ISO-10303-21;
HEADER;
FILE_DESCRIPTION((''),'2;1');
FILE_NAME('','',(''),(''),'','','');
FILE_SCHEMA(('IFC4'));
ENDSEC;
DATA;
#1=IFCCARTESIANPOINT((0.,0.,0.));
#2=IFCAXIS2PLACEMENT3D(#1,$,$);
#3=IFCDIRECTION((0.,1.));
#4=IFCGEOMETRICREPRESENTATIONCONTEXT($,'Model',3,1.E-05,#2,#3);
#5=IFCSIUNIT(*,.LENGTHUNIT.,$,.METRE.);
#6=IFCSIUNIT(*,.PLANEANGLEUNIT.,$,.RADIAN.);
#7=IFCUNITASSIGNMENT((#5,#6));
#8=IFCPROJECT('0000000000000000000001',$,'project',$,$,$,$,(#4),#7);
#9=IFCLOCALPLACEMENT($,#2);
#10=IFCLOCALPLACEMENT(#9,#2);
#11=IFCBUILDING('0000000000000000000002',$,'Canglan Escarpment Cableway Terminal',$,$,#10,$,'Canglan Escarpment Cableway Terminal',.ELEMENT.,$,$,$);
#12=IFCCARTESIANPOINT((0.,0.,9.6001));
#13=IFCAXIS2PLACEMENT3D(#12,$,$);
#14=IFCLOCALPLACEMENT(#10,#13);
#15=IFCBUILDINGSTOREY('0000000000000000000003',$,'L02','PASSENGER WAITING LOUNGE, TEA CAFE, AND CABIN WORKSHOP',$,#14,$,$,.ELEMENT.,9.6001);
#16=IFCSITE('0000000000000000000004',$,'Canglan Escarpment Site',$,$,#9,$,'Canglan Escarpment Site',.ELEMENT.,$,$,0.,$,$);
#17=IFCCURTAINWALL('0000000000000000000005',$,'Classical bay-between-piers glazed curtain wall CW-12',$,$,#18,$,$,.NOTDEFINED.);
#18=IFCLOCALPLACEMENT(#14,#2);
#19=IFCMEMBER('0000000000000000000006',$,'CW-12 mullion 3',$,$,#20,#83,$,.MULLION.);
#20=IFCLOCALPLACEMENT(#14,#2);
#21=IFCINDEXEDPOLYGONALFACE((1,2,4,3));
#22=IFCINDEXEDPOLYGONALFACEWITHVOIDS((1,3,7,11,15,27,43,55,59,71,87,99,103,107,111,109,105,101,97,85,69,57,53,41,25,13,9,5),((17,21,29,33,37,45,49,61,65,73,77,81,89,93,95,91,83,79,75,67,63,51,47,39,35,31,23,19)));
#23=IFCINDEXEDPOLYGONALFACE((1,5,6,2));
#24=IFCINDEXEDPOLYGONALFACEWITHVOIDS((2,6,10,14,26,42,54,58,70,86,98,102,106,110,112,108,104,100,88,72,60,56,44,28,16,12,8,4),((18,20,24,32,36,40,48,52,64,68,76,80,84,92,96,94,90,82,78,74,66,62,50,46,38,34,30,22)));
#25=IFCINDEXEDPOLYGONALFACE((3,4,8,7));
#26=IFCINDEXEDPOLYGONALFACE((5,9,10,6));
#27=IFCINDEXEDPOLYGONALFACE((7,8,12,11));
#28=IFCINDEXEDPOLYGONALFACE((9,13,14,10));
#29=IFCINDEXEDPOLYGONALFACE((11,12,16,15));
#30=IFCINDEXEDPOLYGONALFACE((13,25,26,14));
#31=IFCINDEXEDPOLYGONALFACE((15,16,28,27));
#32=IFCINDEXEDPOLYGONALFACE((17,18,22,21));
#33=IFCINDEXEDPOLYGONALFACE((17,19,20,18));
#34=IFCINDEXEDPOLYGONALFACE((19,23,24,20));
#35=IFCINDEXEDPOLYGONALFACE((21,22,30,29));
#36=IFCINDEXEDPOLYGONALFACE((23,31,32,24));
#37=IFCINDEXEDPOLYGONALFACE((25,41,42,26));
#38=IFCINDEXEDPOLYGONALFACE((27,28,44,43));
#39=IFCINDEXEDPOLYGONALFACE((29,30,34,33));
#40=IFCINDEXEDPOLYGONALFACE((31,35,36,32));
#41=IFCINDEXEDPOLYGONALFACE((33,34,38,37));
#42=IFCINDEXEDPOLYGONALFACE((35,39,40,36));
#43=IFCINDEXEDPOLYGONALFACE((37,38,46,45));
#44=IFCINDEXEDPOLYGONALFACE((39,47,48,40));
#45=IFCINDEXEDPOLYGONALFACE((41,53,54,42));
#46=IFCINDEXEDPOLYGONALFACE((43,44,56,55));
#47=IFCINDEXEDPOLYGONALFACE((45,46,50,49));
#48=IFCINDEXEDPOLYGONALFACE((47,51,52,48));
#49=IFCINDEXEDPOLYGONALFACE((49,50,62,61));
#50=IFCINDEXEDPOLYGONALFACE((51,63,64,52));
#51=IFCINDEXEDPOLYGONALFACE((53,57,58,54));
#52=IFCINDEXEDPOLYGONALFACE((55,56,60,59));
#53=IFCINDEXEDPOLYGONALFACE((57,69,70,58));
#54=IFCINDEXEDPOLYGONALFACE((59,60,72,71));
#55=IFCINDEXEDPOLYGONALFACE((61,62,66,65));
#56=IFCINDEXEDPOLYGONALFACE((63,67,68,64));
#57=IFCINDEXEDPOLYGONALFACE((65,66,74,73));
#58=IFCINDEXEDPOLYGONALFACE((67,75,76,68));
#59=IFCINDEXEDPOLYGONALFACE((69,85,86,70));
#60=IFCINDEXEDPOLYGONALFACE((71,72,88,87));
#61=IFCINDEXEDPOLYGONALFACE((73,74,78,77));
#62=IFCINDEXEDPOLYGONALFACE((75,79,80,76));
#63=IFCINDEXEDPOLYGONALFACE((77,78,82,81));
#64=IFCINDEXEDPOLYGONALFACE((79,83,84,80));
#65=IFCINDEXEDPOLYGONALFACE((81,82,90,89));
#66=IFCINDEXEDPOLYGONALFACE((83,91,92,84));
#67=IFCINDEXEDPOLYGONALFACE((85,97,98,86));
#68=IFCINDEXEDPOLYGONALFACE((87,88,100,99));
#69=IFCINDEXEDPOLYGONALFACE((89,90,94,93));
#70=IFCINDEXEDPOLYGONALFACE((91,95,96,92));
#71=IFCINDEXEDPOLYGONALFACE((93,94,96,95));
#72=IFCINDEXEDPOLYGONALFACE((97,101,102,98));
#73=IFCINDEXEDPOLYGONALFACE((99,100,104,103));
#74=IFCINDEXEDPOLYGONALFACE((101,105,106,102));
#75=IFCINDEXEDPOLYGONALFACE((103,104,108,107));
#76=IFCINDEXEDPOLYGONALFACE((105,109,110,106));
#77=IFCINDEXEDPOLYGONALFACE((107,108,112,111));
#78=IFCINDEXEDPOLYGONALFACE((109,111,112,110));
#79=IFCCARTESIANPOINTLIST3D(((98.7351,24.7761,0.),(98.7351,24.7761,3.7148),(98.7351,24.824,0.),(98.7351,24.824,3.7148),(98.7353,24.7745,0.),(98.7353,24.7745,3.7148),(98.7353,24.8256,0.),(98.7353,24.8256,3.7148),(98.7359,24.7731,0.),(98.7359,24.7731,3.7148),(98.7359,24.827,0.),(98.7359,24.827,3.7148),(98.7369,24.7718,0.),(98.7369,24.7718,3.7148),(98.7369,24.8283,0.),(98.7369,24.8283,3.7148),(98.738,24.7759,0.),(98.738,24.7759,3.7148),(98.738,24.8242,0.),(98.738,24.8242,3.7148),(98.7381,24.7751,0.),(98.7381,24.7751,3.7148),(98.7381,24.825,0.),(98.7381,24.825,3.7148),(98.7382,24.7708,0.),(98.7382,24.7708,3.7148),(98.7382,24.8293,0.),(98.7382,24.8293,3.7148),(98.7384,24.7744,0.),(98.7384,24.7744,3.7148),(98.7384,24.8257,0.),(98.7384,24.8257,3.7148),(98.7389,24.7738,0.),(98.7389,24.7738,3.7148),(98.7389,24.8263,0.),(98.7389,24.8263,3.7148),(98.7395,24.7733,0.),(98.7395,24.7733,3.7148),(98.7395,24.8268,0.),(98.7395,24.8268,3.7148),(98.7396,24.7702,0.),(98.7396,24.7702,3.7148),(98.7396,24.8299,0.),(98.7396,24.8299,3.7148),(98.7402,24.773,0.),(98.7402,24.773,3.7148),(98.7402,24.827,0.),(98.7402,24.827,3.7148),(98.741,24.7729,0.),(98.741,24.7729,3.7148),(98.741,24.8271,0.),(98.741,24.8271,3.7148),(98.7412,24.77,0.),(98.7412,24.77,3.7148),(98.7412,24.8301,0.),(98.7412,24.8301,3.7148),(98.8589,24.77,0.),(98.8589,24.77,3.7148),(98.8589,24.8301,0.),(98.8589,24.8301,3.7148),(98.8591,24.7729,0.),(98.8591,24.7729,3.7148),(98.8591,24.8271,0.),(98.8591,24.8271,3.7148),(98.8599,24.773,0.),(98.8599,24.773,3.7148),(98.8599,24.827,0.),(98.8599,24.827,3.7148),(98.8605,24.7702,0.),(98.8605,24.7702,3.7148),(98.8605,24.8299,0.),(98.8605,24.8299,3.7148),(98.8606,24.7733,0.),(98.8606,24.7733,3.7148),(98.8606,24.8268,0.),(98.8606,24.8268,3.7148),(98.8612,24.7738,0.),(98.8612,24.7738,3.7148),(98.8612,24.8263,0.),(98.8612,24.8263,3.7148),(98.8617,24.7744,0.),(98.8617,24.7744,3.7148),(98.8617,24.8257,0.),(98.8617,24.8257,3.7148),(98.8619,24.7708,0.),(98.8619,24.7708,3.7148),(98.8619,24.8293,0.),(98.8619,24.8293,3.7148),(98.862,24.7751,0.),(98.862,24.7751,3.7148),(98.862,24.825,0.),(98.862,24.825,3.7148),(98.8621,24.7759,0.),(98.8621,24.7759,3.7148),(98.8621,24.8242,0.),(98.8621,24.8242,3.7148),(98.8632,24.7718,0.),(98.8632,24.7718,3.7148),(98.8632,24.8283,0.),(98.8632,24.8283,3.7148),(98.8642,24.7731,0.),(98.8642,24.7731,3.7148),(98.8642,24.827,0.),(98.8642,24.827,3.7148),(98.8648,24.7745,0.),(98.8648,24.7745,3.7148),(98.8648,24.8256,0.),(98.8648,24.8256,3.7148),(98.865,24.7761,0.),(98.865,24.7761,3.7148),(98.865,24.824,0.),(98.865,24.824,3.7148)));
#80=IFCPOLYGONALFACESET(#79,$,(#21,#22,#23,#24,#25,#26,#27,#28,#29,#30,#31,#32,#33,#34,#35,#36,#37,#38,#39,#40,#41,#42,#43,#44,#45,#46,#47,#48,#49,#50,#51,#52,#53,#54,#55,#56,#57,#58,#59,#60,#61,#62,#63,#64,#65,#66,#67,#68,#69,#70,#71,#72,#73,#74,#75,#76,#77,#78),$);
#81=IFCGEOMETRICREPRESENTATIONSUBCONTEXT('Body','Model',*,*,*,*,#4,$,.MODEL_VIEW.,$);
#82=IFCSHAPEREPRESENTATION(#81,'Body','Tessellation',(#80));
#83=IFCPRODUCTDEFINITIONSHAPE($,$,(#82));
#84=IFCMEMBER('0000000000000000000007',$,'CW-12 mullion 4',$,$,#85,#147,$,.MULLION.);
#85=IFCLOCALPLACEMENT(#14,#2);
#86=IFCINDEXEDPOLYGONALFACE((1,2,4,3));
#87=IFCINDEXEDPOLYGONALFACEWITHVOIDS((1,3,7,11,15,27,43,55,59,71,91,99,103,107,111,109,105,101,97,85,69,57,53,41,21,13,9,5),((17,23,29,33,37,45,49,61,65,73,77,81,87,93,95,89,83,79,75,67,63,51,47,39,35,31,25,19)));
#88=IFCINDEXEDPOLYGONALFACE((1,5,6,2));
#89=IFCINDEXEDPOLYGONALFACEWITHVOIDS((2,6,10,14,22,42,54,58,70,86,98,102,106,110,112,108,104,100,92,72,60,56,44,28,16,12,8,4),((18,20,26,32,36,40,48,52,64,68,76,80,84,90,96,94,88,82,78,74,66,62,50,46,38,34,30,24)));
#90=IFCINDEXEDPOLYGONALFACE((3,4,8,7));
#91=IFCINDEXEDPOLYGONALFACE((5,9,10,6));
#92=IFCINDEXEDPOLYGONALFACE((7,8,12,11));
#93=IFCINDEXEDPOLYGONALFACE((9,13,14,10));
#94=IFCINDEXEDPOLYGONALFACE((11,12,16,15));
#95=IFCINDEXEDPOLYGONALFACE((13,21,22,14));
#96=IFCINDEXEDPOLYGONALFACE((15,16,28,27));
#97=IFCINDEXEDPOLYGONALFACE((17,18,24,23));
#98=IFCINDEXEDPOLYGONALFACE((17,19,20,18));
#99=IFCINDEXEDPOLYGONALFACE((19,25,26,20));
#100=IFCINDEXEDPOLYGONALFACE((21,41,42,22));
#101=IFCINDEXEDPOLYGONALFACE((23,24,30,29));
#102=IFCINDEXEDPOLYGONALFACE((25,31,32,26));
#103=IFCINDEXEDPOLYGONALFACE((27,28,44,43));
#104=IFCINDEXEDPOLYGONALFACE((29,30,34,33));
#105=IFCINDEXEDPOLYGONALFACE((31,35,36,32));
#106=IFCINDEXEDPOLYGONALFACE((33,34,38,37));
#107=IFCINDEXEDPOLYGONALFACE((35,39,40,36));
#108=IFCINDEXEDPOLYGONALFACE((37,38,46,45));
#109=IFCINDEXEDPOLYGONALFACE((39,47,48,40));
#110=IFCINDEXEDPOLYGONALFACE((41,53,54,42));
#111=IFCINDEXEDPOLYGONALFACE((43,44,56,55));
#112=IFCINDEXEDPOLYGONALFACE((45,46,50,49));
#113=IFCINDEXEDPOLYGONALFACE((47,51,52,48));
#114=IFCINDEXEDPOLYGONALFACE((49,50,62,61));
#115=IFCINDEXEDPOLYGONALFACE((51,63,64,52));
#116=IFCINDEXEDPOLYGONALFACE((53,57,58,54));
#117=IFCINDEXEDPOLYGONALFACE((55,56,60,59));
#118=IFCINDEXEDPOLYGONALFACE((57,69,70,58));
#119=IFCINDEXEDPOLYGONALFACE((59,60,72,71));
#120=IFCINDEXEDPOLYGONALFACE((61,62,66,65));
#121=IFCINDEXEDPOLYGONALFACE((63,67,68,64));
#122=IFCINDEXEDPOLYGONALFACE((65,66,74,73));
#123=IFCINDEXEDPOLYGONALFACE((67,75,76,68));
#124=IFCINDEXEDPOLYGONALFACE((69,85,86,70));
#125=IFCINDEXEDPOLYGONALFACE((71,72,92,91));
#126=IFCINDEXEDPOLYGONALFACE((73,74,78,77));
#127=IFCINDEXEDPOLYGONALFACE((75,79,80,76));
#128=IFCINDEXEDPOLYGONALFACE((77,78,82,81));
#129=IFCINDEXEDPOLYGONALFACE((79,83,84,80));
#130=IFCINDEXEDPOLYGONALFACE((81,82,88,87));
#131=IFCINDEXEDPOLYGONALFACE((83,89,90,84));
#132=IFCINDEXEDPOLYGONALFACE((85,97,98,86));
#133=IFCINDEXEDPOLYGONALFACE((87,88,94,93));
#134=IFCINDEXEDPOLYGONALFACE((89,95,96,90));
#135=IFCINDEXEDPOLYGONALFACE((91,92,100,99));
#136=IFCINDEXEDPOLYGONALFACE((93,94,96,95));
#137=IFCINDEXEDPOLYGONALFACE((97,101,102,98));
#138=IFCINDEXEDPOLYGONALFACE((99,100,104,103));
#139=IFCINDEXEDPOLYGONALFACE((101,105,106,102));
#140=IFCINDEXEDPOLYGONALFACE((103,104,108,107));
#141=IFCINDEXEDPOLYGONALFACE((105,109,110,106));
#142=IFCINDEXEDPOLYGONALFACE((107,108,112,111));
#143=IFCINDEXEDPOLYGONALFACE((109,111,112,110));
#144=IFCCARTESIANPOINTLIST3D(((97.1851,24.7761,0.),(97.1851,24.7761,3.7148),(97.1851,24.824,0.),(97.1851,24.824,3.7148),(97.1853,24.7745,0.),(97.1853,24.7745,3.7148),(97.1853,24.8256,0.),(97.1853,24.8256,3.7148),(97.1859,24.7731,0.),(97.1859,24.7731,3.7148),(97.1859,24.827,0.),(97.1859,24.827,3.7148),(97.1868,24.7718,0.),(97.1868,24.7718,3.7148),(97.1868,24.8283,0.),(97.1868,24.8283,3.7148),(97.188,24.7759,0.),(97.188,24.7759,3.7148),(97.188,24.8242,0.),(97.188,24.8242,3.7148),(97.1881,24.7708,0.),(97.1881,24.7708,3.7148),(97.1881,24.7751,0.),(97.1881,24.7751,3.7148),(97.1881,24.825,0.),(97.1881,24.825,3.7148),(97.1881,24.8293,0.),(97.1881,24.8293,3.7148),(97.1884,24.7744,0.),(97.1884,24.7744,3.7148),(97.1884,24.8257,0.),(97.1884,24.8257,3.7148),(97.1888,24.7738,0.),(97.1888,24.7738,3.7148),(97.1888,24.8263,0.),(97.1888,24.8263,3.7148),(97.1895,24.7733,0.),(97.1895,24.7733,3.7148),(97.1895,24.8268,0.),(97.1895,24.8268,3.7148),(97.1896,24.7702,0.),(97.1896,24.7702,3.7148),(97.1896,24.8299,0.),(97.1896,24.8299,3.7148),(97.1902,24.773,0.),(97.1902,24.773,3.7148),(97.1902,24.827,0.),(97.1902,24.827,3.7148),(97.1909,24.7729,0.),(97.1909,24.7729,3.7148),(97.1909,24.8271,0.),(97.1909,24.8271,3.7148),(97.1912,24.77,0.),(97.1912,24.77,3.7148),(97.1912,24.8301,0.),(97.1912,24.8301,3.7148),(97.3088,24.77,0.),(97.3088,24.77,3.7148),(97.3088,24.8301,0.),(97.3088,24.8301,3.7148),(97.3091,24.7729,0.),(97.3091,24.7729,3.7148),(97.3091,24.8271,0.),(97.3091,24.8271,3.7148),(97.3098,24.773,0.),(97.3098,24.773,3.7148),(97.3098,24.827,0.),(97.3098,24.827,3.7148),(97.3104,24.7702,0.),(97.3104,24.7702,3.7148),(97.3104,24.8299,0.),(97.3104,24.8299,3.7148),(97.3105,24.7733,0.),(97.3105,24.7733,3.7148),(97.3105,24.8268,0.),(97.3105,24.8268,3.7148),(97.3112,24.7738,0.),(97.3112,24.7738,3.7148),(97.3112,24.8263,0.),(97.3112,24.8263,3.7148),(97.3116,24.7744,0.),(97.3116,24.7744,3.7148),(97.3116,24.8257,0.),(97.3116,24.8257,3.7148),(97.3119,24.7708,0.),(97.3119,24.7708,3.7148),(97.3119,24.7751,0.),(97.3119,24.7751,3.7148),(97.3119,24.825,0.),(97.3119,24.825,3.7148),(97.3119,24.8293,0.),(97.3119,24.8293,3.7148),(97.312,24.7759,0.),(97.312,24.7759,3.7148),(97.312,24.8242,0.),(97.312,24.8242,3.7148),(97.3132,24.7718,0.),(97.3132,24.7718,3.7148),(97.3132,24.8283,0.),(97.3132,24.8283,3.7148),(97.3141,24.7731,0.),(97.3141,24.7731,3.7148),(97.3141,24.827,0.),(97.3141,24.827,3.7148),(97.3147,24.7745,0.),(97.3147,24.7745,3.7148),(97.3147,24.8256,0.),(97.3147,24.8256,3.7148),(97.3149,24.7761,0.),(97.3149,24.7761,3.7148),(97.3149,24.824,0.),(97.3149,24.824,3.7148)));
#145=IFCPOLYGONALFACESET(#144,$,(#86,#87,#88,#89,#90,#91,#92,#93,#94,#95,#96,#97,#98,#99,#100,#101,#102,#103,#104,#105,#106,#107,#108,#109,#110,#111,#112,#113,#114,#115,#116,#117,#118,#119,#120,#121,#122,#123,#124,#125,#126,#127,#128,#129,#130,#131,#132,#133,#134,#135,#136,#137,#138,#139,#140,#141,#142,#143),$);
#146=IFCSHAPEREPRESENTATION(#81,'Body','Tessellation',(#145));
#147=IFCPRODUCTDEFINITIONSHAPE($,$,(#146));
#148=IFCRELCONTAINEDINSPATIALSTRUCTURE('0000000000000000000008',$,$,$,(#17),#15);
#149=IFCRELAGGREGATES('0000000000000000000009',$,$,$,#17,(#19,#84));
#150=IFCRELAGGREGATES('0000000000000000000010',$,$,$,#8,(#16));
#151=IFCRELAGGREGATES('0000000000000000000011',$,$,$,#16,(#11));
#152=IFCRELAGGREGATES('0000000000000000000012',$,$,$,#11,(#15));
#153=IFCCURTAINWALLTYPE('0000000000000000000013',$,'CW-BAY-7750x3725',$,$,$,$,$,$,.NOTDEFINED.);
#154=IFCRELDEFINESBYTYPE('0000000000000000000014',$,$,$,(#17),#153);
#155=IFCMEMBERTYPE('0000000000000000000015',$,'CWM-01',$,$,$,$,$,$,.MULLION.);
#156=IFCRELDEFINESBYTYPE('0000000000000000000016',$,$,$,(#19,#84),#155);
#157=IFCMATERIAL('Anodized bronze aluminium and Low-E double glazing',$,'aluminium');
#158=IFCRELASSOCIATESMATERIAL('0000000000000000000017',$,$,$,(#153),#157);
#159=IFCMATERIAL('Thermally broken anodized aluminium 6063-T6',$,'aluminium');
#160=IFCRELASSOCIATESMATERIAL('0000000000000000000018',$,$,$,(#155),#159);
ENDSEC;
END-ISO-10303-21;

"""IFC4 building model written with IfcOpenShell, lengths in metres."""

from ifc_helpers import new_model, si_unit, direction, frame, origin, origin_2d, place, context, subcontext, project, spatial, hollow_rectangle, extrude, material, material_profile, profile_set, type_object, element, aggregate, save


model = new_model("IFC4")

# Units and contexts
model_context = context("Model", 3, precision=1e-05, world=origin(), true_north=direction((0.0, 1.0)))
body_context = subcontext(model_context, "Body", "Model", "MODEL_VIEW")
ifc_project = project(units=[si_unit("LENGTHUNIT", "METRE"), si_unit("PLANEANGLEUNIT", "RADIAN")], contexts=[model_context])

# Site, building, storey
site_placement = place(None, origin())
site = spatial("IfcSite", under=ifc_project, at=site_placement, Name="Canglan Escarpment Site", LongName="Canglan Escarpment Site", CompositionType="ELEMENT", RefElevation=0.0)
building_placement = place(site_placement, origin())
building = spatial("IfcBuilding", under=site, at=building_placement, Name="Canglan Escarpment Cableway Terminal", LongName="Canglan Escarpment Cableway Terminal", CompositionType="ELEMENT")
storey_placement = place(building_placement, frame((0.0, 0.0, 9.6001)))
storey = spatial("IfcBuildingStorey", under=building, at=storey_placement, Name="L02", Description="PASSENGER WAITING LOUNGE, TEA CAFE, AND CABIN WORKSHOP", CompositionType="ELEMENT", Elevation=9.6001)

# Curtain wall, members
ifc_material_1 = material(Name="Anodized bronze aluminium and Low-E double glazing", Category="aluminium")
curtain_wall_type = type_object("IfcCurtainWallType", Name="CW-BAY-7750x3725", PredefinedType="NOTDEFINED", material=ifc_material_1)
curtain_wall_placement = place(storey_placement, origin())
curtain_wall = element("IfcCurtainWall", 1, at=curtain_wall_placement, inside=storey, type_object=curtain_wall_type, Name="Classical bay-between-piers glazed curtain wall CW-12", PredefinedType="NOTDEFINED")
ifc_material_2 = material(Name="Thermally broken anodized aluminium 6063-T6", Category="aluminium")
ifc_material_profile_1 = material_profile(ifc_material_2, hollow_rectangle(XDim=0.0601, YDim=0.1299, WallThickness=0.0029, InnerFilletRadius=0.0029, OuterFilletRadius=0.0061, at=origin_2d()), Name="ALU-MULL 60x130x3")
ifc_profile_set_1 = profile_set([ifc_material_profile_1], Name="Thermally broken anodized aluminium 6063-T6")
member_type_1 = type_object("IfcMemberType", Name="CWM-01", PredefinedType="MULLION", material=ifc_profile_set_1)
member_1_placement = place(storey_placement, frame((98.8, 24.8, 0.0), z_axis=(0.0, 0.0, 1.0), x_axis=(0.0, -1.0, 0.0)))
member_1 = element("IfcMember", 2, at=member_1_placement, type_object=member_type_1, Name="CW-12 mullion 3", PredefinedType="MULLION", context=body_context, shape_type="SweptSolid", body=[
    extrude(hollow_rectangle(XDim=0.0601, YDim=0.1299, WallThickness=0.0029, InnerFilletRadius=0.0029, OuterFilletRadius=0.0061, at=origin_2d()), origin(), (0.0, 0.0, 1.0), 3.7148),
])
member_2_placement = place(storey_placement, frame((97.25, 24.8, 0.0), z_axis=(0.0, 0.0, 1.0), x_axis=(0.0, -1.0, 0.0)))
member_2 = element("IfcMember", 3, at=member_2_placement, type_object=member_type_1, Name="CW-12 mullion 4", PredefinedType="MULLION", context=body_context, shape_type="SweptSolid", body=[
    extrude(hollow_rectangle(XDim=0.0601, YDim=0.1299, WallThickness=0.0029, InnerFilletRadius=0.0029, OuterFilletRadius=0.0061, at=origin_2d()), origin(), (0.0, 0.0, 1.0), 3.7148),
])
aggregate(curtain_wall, [member_1, member_2])

save(model, "model.ifc")
